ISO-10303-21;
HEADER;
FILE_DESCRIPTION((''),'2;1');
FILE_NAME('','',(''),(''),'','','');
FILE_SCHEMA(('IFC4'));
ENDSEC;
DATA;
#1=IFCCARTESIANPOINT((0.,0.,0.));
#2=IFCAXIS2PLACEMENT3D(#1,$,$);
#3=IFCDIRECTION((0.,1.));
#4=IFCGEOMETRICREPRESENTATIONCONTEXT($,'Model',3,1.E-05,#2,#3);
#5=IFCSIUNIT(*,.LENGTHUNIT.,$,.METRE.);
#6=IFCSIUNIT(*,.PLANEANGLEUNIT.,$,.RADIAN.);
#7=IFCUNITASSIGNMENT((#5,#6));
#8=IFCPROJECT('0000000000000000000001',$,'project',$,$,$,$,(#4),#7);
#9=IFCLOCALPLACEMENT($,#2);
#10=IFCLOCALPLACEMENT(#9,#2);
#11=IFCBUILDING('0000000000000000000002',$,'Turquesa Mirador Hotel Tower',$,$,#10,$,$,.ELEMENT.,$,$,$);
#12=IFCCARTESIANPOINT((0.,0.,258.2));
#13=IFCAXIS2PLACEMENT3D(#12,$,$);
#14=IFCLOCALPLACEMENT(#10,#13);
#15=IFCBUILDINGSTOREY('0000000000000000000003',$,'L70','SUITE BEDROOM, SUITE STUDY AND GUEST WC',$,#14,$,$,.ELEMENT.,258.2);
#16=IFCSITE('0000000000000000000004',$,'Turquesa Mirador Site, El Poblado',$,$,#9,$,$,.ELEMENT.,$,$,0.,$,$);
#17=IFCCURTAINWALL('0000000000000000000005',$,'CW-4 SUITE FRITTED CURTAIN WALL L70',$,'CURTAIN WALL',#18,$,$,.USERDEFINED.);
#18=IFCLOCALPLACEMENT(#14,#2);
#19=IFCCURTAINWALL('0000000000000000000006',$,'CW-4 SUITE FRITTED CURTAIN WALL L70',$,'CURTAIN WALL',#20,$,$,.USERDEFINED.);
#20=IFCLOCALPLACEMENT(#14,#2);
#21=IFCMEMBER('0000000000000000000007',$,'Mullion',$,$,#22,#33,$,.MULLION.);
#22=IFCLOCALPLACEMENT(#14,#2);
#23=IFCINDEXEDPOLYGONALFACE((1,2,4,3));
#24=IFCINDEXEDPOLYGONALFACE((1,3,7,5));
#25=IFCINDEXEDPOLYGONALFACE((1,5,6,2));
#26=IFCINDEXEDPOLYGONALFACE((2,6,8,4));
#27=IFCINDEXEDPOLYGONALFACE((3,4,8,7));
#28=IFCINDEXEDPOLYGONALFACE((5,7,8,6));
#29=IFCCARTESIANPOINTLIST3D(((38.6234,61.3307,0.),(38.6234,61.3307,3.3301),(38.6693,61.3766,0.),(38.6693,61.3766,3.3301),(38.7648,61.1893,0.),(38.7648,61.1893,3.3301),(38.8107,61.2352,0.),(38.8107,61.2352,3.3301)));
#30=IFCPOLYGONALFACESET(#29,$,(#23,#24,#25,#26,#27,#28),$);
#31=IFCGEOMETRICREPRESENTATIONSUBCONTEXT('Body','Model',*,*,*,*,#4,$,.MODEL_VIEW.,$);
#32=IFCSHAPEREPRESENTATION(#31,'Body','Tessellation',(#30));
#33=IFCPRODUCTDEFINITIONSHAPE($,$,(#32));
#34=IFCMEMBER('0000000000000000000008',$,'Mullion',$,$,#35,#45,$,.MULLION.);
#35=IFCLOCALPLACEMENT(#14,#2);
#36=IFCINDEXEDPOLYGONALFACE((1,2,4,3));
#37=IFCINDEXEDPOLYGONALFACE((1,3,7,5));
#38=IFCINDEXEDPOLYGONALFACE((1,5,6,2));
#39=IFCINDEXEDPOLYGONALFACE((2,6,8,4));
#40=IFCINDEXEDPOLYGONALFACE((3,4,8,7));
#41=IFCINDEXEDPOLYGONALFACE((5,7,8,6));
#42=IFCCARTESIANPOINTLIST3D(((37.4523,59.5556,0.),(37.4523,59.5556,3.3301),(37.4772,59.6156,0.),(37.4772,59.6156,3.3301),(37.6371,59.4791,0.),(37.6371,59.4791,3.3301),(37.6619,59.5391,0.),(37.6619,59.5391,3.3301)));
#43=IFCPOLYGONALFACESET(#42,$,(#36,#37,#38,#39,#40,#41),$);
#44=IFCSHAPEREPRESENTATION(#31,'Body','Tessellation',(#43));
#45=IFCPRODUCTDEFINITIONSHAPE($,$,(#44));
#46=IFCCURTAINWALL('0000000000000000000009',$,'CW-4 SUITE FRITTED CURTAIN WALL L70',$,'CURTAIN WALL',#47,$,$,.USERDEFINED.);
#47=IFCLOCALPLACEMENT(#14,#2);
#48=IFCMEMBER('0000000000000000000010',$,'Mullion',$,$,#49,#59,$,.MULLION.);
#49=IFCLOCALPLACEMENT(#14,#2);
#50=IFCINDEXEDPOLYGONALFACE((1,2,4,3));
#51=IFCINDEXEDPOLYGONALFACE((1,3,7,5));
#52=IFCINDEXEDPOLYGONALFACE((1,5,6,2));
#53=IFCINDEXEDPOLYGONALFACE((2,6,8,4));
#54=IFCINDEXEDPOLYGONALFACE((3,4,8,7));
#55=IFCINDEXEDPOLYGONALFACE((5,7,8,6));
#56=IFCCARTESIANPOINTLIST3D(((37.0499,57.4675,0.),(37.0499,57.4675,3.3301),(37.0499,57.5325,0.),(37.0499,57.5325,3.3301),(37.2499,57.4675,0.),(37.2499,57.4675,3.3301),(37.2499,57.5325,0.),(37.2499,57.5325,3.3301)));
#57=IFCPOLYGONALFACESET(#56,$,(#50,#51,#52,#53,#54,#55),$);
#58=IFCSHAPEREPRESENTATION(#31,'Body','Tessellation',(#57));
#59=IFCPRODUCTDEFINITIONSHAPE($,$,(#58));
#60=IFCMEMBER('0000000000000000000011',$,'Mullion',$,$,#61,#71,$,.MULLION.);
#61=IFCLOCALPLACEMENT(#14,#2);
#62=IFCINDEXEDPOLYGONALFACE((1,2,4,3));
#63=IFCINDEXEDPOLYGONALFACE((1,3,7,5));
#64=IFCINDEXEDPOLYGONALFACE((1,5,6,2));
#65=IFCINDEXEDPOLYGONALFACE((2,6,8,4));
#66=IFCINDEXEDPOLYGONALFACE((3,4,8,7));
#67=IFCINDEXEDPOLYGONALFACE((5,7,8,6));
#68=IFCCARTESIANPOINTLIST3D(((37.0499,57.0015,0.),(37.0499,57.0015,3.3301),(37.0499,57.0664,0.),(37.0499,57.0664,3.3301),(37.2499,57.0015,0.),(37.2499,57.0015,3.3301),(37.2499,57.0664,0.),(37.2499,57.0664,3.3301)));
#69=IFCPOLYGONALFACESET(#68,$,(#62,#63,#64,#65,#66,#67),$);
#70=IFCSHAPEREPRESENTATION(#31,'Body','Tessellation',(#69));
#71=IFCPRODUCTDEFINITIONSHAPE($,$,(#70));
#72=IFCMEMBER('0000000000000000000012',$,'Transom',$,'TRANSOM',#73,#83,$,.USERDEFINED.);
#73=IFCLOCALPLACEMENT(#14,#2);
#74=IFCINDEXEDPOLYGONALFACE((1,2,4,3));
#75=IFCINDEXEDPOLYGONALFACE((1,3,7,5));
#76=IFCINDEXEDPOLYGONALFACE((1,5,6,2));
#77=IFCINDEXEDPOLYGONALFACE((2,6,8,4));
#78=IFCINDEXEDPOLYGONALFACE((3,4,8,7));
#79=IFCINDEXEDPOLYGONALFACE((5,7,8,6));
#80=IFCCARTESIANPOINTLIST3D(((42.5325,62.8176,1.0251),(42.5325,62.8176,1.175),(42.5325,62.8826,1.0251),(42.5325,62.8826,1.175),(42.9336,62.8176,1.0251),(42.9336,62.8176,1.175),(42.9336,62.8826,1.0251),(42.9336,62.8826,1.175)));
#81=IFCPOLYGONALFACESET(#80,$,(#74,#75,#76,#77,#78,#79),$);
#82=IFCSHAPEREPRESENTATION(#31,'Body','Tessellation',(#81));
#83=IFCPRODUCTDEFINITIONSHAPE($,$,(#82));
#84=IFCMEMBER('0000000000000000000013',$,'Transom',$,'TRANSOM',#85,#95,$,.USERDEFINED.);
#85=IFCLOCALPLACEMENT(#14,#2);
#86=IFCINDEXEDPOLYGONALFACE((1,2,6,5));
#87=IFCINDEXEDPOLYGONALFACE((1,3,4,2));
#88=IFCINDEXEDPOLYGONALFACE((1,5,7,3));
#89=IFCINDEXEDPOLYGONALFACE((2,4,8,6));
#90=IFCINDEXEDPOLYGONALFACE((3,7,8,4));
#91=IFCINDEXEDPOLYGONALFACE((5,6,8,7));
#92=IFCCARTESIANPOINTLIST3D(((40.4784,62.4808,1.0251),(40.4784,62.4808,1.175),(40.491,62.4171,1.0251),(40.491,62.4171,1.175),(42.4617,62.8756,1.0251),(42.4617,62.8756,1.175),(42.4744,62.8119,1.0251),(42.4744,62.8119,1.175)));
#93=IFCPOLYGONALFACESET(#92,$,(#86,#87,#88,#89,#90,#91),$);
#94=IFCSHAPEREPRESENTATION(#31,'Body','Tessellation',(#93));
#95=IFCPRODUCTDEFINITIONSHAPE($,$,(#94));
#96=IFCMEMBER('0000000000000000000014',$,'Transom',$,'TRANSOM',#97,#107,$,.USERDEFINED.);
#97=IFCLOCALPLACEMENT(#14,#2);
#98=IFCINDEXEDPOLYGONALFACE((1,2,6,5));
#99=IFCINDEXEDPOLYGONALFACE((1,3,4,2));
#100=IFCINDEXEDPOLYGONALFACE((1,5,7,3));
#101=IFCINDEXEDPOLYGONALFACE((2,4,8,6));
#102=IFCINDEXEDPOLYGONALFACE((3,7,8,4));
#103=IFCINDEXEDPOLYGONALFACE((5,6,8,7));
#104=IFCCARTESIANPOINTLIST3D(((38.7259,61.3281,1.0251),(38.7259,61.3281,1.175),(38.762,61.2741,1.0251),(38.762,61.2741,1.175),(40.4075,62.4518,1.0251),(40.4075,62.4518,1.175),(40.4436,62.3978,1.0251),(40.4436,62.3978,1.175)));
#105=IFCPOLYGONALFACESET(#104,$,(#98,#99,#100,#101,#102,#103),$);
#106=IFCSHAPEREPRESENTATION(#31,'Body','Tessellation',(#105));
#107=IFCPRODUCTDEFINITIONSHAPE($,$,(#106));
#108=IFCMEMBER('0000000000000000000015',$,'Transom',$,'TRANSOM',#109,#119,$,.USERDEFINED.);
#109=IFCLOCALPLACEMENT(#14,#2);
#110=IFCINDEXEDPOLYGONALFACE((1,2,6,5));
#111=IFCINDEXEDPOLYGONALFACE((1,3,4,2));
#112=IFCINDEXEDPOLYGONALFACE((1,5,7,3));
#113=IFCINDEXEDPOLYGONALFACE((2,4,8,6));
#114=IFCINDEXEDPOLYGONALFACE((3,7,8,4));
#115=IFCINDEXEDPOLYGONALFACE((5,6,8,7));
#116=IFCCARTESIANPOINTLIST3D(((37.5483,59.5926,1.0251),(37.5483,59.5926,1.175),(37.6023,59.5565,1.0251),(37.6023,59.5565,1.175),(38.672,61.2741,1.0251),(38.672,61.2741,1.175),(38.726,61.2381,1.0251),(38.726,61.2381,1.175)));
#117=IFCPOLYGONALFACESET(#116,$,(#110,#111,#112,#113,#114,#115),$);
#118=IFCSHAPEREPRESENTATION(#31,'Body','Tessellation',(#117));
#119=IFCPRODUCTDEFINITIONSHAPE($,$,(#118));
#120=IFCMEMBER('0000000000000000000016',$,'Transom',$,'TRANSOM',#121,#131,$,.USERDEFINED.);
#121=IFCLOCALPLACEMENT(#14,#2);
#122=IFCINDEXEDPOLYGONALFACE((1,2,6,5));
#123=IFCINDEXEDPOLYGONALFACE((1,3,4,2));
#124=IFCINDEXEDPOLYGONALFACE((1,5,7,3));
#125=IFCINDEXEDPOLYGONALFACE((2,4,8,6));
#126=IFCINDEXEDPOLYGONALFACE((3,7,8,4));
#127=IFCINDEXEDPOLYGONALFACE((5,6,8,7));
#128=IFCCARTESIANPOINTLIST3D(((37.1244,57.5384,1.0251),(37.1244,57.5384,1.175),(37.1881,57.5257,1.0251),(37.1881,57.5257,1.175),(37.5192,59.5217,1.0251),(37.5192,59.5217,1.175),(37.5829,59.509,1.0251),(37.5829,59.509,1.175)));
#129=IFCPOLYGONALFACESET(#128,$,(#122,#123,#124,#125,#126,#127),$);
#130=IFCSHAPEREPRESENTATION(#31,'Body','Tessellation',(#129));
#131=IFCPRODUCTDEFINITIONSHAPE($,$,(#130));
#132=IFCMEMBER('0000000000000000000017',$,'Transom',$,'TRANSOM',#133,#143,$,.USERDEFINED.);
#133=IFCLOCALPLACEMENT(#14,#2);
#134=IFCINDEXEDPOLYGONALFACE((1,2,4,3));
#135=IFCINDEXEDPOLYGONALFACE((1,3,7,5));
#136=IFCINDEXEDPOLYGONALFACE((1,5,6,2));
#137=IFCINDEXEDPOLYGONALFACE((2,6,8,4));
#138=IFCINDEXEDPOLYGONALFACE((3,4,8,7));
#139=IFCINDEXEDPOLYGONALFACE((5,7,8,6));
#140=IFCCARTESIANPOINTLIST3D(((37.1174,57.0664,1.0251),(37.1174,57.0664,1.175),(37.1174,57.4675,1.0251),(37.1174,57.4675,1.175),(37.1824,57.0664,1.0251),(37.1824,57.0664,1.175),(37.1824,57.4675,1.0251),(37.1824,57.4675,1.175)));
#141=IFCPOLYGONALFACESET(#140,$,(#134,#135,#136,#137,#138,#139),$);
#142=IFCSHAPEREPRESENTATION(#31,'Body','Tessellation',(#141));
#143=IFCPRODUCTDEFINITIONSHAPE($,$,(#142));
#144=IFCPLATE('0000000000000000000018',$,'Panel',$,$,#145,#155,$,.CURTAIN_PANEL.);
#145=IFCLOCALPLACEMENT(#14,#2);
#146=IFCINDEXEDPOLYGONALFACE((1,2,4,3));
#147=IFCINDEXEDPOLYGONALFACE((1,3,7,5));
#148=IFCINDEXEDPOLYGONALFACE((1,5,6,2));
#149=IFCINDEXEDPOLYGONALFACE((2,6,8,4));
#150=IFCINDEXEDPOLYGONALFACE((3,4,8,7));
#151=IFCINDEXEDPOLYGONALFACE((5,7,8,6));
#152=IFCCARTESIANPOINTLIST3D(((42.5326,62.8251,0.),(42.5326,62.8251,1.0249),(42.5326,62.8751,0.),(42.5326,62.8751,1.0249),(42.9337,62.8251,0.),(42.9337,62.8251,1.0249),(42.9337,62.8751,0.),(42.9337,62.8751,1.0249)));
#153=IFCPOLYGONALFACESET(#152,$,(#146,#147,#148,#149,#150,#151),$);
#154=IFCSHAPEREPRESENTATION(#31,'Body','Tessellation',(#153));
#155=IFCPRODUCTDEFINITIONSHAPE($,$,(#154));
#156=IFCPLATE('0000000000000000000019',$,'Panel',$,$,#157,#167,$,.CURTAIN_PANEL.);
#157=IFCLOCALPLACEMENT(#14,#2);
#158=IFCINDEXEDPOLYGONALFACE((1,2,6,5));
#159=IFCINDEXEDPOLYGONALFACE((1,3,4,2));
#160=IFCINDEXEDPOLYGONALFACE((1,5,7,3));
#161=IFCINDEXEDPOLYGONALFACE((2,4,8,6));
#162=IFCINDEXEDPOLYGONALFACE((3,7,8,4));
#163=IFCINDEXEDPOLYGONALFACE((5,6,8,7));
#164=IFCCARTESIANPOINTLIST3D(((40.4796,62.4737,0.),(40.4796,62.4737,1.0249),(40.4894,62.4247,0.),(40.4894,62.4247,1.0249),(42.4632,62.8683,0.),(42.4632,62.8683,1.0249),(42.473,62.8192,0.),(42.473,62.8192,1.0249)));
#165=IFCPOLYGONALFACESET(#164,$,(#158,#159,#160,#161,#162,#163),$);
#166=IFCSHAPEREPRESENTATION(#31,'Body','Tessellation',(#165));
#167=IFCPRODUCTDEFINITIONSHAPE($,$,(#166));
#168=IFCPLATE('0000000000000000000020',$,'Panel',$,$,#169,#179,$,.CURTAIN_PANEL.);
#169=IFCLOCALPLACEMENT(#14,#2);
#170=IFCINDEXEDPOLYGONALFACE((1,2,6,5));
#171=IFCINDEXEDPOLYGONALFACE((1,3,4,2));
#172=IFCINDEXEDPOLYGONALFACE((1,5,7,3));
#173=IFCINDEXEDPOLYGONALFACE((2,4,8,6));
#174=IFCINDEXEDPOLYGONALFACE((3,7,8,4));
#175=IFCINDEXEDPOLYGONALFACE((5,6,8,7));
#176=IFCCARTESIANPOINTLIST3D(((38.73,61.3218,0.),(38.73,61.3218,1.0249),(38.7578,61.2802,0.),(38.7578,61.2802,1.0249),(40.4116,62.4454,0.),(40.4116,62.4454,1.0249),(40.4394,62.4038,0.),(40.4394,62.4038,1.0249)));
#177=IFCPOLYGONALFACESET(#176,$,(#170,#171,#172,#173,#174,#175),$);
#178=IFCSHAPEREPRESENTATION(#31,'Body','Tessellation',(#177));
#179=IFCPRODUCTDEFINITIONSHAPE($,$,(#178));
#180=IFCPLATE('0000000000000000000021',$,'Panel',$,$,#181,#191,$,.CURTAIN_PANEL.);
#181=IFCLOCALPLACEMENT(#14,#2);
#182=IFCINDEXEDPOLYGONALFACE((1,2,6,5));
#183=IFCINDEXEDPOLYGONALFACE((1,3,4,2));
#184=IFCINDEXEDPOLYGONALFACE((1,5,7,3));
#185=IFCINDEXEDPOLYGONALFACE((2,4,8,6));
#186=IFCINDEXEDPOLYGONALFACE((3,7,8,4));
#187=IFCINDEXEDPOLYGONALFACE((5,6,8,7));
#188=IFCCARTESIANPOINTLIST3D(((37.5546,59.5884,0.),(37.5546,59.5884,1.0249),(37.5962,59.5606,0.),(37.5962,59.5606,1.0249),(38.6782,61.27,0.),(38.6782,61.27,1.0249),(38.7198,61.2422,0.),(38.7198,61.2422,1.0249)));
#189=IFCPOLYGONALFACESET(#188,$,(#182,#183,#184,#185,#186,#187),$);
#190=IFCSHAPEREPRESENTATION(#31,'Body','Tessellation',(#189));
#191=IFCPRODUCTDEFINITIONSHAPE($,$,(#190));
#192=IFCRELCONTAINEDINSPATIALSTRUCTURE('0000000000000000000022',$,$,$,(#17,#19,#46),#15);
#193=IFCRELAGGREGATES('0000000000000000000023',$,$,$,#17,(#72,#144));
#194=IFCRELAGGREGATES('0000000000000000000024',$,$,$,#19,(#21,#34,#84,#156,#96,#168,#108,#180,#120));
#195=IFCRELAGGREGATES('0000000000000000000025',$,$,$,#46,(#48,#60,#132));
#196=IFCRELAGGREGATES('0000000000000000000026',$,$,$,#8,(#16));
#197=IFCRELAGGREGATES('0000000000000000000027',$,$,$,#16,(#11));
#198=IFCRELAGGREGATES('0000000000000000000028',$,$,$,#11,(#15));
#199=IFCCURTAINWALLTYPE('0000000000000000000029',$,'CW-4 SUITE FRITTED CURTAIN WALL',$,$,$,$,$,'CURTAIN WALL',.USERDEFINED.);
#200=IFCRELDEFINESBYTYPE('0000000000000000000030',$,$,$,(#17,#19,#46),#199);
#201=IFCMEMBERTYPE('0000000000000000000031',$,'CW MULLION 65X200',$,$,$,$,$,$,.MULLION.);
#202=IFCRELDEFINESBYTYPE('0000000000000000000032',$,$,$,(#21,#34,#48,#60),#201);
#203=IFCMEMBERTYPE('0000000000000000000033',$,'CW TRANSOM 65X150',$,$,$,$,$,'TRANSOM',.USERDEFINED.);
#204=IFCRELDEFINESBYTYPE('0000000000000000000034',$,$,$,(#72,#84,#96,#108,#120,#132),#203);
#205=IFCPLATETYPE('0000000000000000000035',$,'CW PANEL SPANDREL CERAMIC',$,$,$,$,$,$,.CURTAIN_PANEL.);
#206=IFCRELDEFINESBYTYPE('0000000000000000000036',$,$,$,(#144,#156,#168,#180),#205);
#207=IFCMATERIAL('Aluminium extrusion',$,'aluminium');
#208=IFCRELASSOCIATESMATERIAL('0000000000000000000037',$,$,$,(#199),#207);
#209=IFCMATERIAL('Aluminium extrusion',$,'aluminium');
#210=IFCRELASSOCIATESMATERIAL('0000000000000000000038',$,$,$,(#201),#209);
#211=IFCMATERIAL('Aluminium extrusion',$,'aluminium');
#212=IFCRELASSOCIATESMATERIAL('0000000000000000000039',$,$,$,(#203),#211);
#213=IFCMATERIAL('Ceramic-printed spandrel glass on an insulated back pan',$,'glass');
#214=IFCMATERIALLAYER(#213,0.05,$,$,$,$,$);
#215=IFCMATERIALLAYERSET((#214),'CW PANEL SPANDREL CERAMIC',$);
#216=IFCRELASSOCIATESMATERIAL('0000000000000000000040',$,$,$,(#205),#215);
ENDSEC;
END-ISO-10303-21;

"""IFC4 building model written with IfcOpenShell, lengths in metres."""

from ifc_helpers import new_model, si_unit, direction, frame, origin, origin_2d, place, context, subcontext, project, spatial, rectangle, extrude, material, layer, layer_set, material_profile, profile_set, type_object, element, aggregate, save


model = new_model("IFC4")

# Units and contexts
model_context = context("Model", 3, precision=1e-05, world=origin(), true_north=direction((0.0, 1.0)))
body_context = subcontext(model_context, "Body", "Model", "MODEL_VIEW")
ifc_project = project(units=[si_unit("LENGTHUNIT", "METRE"), si_unit("PLANEANGLEUNIT", "RADIAN")], contexts=[model_context])

# Site, building, storey
site_placement = place(None, origin())
site = spatial("IfcSite", under=ifc_project, at=site_placement, Name="Turquesa Mirador Site, El Poblado", CompositionType="ELEMENT", RefElevation=0.0)
building_placement = place(site_placement, origin())
building = spatial("IfcBuilding", under=site, at=building_placement, Name="Turquesa Mirador Hotel Tower", CompositionType="ELEMENT")
storey_placement = place(building_placement, frame((0.0, 0.0, 258.2)))
storey = spatial("IfcBuildingStorey", under=building, at=storey_placement, Name="L70", Description="SUITE BEDROOM, SUITE STUDY AND GUEST WC", CompositionType="ELEMENT", Elevation=258.2)

# Curtain walls, members
ifc_material_1 = material(Name="Aluminium extrusion", Category="aluminium")
curtain_wall_type = type_object("IfcCurtainWallType", Name="CW-4 SUITE FRITTED CURTAIN WALL", ElementType="CURTAIN WALL", PredefinedType="USERDEFINED", material=ifc_material_1)
curtain_wall_1_placement = place(storey_placement, origin())
curtain_wall_1 = element("IfcCurtainWall", 1, at=curtain_wall_1_placement, inside=storey, type_object=curtain_wall_type, Name="CW-4 SUITE FRITTED CURTAIN WALL L70", ObjectType="CURTAIN WALL", PredefinedType="USERDEFINED")
ifc_material_2 = material(Name="Aluminium extrusion", Category="aluminium")
ifc_material_profile_1 = material_profile(ifc_material_2, rectangle(XDim=0.0649, YDim=0.2, at=origin_2d()), Name="MULLION 65X200")
ifc_profile_set_1 = profile_set([ifc_material_profile_1], Name="Aluminium extrusion")
member_type_1 = type_object("IfcMemberType", Name="CW MULLION 65X200", PredefinedType="MULLION", material=ifc_profile_set_1)
curtain_wall_2_placement = place(storey_placement, origin())
curtain_wall_2 = element("IfcCurtainWall", 2, at=curtain_wall_2_placement, inside=storey, type_object=curtain_wall_type, Name="CW-4 SUITE FRITTED CURTAIN WALL L70", ObjectType="CURTAIN WALL", PredefinedType="USERDEFINED")
member_1_placement = place(storey_placement, frame((38.717, 61.283, 0.0), z_axis=(0.0, 0.0, 1.0), x_axis=(-0.707107, -0.707107, 0.0)))
member_1 = element("IfcMember", 3, at=member_1_placement, type_object=member_type_1, Name="Mullion", PredefinedType="MULLION", context=body_context, shape_type="SweptSolid", body=[
    extrude(rectangle(XDim=0.0649, YDim=0.2, at=origin_2d()), origin(), (0.0, 0.0, 1.0), 3.3301),
])
member_2_placement = place(storey_placement, frame((37.5571, 59.5474, 0.0), z_axis=(0.0, 0.0, 1.0), x_axis=(-0.382683, -0.92388, 0.0)))
member_2 = element("IfcMember", 4, at=member_2_placement, type_object=member_type_1, Name="Mullion", PredefinedType="MULLION", context=body_context, shape_type="SweptSolid", body=[
    extrude(rectangle(XDim=0.0649, YDim=0.2, at=origin_2d()), origin(), (0.0, 0.0, 1.0), 3.3301),
])
curtain_wall_3_placement = place(storey_placement, origin())
curtain_wall_3 = element("IfcCurtainWall", 5, at=curtain_wall_3_placement, inside=storey, type_object=curtain_wall_type, Name="CW-4 SUITE FRITTED CURTAIN WALL L70", ObjectType="CURTAIN WALL", PredefinedType="USERDEFINED")
member_3_placement = place(storey_placement, frame((37.1499, 57.5, 0.0), z_axis=(0.0, 0.0, 1.0), x_axis=(0.0, -1.0, 0.0)))
member_3 = element("IfcMember", 6, at=member_3_placement, type_object=member_type_1, Name="Mullion", PredefinedType="MULLION", context=body_context, shape_type="SweptSolid", body=[
    extrude(rectangle(XDim=0.0649, YDim=0.2, at=origin_2d()), origin(), (0.0, 0.0, 1.0), 3.3301),
])
member_4_placement = place(storey_placement, frame((37.1499, 57.0339, 0.0), z_axis=(0.0, 0.0, 1.0), x_axis=(0.0, -1.0, 0.0)))
member_4 = element("IfcMember", 7, at=member_4_placement, type_object=member_type_1, Name="Mullion", PredefinedType="MULLION", context=body_context, shape_type="SweptSolid", body=[
    extrude(rectangle(XDim=0.0649, YDim=0.2, at=origin_2d()), origin(), (0.0, 0.0, 1.0), 3.3301),
])

# Members
ifc_material_3 = material(Name="Aluminium extrusion", Category="aluminium")
ifc_material_profile_2 = material_profile(ifc_material_3, rectangle(XDim=0.0649, YDim=0.1499, at=origin_2d()), Name="TRANSOM 65X150")
ifc_profile_set_2 = profile_set([ifc_material_profile_2], Name="Aluminium extrusion")
member_type_2 = type_object("IfcMemberType", Name="CW TRANSOM 65X150", ElementType="TRANSOM", PredefinedType="USERDEFINED", material=ifc_profile_set_2)
member_5_placement = place(storey_placement, frame((42.9336, 62.8501, 1.1001), z_axis=(-1.0, 0.0, 0.0), x_axis=(0.0, -1.0, 0.0)))
member_5 = element("IfcMember", 8, at=member_5_placement, type_object=member_type_2, Name="Transom", ObjectType="TRANSOM", PredefinedType="USERDEFINED", context=body_context, shape_type="SweptSolid", body=[
    extrude(rectangle(XDim=0.0649, YDim=0.1499, at=origin_2d()), origin(), (0.0, 0.0, 1.0), 0.4011),
])
member_6_placement = place(storey_placement, frame((42.468, 62.8438, 1.1001), z_axis=(-0.980761, -0.195211, 0.0), x_axis=(0.195211, -0.980761, 0.0)))
member_6 = element("IfcMember", 9, at=member_6_placement, type_object=member_type_2, Name="Transom", ObjectType="TRANSOM", PredefinedType="USERDEFINED", context=body_context, shape_type="SweptSolid", body=[
    extrude(rectangle(XDim=0.0649, YDim=0.1499, at=origin_2d()), origin(), (0.0, 0.0, 1.0), 2.0222),
])
member_7_placement = place(storey_placement, frame((40.4255, 62.4248, 1.1001), z_axis=(-0.831437, -0.555619, 0.0), x_axis=(0.555619, -0.831437, 0.0)))
member_7 = element("IfcMember", 10, at=member_7_placement, type_object=member_type_2, Name="Transom", ObjectType="TRANSOM", PredefinedType="USERDEFINED", context=body_context, shape_type="SweptSolid", body=[
    extrude(rectangle(XDim=0.0649, YDim=0.1499, at=origin_2d()), origin(), (0.0, 0.0, 1.0), 2.0225),
])
member_8_placement = place(storey_placement, frame((38.699, 61.2561, 1.1001), z_axis=(-0.555619, -0.831437, 0.0), x_axis=(0.831437, -0.555619, 0.0)))
member_8 = element("IfcMember", 11, at=member_8_placement, type_object=member_type_2, Name="Transom", ObjectType="TRANSOM", PredefinedType="USERDEFINED", context=body_context, shape_type="SweptSolid", body=[
    extrude(rectangle(XDim=0.0649, YDim=0.1499, at=origin_2d()), origin(), (0.0, 0.0, 1.0), 2.0225),
])
member_9_placement = place(storey_placement, frame((37.551, 59.5154, 1.1001), z_axis=(-0.195211, -0.980761, 0.0), x_axis=(0.980761, -0.195211, 0.0)))
member_9 = element("IfcMember", 12, at=member_9_placement, type_object=member_type_2, Name="Transom", ObjectType="TRANSOM", PredefinedType="USERDEFINED", context=body_context, shape_type="SweptSolid", body=[
    extrude(rectangle(XDim=0.0649, YDim=0.1499, at=origin_2d()), origin(), (0.0, 0.0, 1.0), 2.0222),
])
member_10_placement = place(storey_placement, frame((37.1499, 57.4675, 1.1001), z_axis=(0.0, -1.0, 0.0), x_axis=(1.0, 0.0, 0.0)))
member_10 = element("IfcMember", 13, at=member_10_placement, type_object=member_type_2, Name="Transom", ObjectType="TRANSOM", PredefinedType="USERDEFINED", context=body_context, shape_type="SweptSolid", body=[
    extrude(rectangle(XDim=0.0649, YDim=0.1499, at=origin_2d()), origin(), (0.0, 0.0, 1.0), 0.4011),
])

# Plates
ifc_material_4 = material(Name="Ceramic-printed spandrel glass on an insulated back pan", Category="glass")
ifc_layer_1 = layer(ifc_material_4, 0.05)
ifc_layer_set_1 = layer_set([ifc_layer_1], Name="CW PANEL SPANDREL CERAMIC")
plate_type_1 = type_object("IfcPlateType", Name="CW PANEL SPANDREL CERAMIC", PredefinedType="CURTAIN_PANEL", material=ifc_layer_set_1)
plate_1_placement = place(storey_placement, frame((42.7332, 62.8501, 0.0), z_axis=(0.0, 0.0, 1.0), x_axis=(-1.0, 0.0, 0.0)))
plate_1 = element("IfcPlate", 14, at=plate_1_placement, type_object=plate_type_1, Name="Panel", PredefinedType="CURTAIN_PANEL", context=body_context, shape_type="SweptSolid", body=[
    extrude(rectangle(XDim=0.4011, YDim=0.05, at=origin_2d()), origin(), (0.0, 0.0, 1.0), 1.0249),
])
plate_2_placement = place(storey_placement, frame((41.4763, 62.6465, 0.0), z_axis=(0.0, 0.0, 1.0), x_axis=(-0.980785, -0.195091, 0.0)))
plate_2 = element("IfcPlate", 15, at=plate_2_placement, type_object=plate_type_1, Name="Panel", PredefinedType="CURTAIN_PANEL", context=body_context, shape_type="SweptSolid", body=[
    extrude(rectangle(XDim=2.0225, YDim=0.05, at=origin_2d()), origin(), (0.0, 0.0, 1.0), 1.0249),
])
plate_3_placement = place(storey_placement, frame((39.5847, 61.8628, 0.0), z_axis=(0.0, 0.0, 1.0), x_axis=(-0.83147, -0.55557, 0.0)))
plate_3 = element("IfcPlate", 16, at=plate_3_placement, type_object=plate_type_1, Name="Panel", PredefinedType="CURTAIN_PANEL", context=body_context, shape_type="SweptSolid", body=[
    extrude(rectangle(XDim=2.0225, YDim=0.05, at=origin_2d()), origin(), (0.0, 0.0, 1.0), 1.0249),
])
plate_4_placement = place(storey_placement, frame((38.1372, 60.4153, 0.0), z_axis=(0.0, 0.0, 1.0), x_axis=(-0.55557, -0.83147, 0.0)))
plate_4 = element("IfcPlate", 17, at=plate_4_placement, type_object=plate_type_1, Name="Panel", PredefinedType="CURTAIN_PANEL", context=body_context, shape_type="SweptSolid", body=[
    extrude(rectangle(XDim=2.0225, YDim=0.05, at=origin_2d()), origin(), (0.0, 0.0, 1.0), 1.0249),
])
aggregate(curtain_wall_1, [member_5, plate_1])
aggregate(curtain_wall_2, [member_1, member_2, member_6, plate_2, member_7, plate_3, member_8, plate_4, member_9])
aggregate(curtain_wall_3, [member_3, member_4, member_10])

save(model, "model.ifc")
